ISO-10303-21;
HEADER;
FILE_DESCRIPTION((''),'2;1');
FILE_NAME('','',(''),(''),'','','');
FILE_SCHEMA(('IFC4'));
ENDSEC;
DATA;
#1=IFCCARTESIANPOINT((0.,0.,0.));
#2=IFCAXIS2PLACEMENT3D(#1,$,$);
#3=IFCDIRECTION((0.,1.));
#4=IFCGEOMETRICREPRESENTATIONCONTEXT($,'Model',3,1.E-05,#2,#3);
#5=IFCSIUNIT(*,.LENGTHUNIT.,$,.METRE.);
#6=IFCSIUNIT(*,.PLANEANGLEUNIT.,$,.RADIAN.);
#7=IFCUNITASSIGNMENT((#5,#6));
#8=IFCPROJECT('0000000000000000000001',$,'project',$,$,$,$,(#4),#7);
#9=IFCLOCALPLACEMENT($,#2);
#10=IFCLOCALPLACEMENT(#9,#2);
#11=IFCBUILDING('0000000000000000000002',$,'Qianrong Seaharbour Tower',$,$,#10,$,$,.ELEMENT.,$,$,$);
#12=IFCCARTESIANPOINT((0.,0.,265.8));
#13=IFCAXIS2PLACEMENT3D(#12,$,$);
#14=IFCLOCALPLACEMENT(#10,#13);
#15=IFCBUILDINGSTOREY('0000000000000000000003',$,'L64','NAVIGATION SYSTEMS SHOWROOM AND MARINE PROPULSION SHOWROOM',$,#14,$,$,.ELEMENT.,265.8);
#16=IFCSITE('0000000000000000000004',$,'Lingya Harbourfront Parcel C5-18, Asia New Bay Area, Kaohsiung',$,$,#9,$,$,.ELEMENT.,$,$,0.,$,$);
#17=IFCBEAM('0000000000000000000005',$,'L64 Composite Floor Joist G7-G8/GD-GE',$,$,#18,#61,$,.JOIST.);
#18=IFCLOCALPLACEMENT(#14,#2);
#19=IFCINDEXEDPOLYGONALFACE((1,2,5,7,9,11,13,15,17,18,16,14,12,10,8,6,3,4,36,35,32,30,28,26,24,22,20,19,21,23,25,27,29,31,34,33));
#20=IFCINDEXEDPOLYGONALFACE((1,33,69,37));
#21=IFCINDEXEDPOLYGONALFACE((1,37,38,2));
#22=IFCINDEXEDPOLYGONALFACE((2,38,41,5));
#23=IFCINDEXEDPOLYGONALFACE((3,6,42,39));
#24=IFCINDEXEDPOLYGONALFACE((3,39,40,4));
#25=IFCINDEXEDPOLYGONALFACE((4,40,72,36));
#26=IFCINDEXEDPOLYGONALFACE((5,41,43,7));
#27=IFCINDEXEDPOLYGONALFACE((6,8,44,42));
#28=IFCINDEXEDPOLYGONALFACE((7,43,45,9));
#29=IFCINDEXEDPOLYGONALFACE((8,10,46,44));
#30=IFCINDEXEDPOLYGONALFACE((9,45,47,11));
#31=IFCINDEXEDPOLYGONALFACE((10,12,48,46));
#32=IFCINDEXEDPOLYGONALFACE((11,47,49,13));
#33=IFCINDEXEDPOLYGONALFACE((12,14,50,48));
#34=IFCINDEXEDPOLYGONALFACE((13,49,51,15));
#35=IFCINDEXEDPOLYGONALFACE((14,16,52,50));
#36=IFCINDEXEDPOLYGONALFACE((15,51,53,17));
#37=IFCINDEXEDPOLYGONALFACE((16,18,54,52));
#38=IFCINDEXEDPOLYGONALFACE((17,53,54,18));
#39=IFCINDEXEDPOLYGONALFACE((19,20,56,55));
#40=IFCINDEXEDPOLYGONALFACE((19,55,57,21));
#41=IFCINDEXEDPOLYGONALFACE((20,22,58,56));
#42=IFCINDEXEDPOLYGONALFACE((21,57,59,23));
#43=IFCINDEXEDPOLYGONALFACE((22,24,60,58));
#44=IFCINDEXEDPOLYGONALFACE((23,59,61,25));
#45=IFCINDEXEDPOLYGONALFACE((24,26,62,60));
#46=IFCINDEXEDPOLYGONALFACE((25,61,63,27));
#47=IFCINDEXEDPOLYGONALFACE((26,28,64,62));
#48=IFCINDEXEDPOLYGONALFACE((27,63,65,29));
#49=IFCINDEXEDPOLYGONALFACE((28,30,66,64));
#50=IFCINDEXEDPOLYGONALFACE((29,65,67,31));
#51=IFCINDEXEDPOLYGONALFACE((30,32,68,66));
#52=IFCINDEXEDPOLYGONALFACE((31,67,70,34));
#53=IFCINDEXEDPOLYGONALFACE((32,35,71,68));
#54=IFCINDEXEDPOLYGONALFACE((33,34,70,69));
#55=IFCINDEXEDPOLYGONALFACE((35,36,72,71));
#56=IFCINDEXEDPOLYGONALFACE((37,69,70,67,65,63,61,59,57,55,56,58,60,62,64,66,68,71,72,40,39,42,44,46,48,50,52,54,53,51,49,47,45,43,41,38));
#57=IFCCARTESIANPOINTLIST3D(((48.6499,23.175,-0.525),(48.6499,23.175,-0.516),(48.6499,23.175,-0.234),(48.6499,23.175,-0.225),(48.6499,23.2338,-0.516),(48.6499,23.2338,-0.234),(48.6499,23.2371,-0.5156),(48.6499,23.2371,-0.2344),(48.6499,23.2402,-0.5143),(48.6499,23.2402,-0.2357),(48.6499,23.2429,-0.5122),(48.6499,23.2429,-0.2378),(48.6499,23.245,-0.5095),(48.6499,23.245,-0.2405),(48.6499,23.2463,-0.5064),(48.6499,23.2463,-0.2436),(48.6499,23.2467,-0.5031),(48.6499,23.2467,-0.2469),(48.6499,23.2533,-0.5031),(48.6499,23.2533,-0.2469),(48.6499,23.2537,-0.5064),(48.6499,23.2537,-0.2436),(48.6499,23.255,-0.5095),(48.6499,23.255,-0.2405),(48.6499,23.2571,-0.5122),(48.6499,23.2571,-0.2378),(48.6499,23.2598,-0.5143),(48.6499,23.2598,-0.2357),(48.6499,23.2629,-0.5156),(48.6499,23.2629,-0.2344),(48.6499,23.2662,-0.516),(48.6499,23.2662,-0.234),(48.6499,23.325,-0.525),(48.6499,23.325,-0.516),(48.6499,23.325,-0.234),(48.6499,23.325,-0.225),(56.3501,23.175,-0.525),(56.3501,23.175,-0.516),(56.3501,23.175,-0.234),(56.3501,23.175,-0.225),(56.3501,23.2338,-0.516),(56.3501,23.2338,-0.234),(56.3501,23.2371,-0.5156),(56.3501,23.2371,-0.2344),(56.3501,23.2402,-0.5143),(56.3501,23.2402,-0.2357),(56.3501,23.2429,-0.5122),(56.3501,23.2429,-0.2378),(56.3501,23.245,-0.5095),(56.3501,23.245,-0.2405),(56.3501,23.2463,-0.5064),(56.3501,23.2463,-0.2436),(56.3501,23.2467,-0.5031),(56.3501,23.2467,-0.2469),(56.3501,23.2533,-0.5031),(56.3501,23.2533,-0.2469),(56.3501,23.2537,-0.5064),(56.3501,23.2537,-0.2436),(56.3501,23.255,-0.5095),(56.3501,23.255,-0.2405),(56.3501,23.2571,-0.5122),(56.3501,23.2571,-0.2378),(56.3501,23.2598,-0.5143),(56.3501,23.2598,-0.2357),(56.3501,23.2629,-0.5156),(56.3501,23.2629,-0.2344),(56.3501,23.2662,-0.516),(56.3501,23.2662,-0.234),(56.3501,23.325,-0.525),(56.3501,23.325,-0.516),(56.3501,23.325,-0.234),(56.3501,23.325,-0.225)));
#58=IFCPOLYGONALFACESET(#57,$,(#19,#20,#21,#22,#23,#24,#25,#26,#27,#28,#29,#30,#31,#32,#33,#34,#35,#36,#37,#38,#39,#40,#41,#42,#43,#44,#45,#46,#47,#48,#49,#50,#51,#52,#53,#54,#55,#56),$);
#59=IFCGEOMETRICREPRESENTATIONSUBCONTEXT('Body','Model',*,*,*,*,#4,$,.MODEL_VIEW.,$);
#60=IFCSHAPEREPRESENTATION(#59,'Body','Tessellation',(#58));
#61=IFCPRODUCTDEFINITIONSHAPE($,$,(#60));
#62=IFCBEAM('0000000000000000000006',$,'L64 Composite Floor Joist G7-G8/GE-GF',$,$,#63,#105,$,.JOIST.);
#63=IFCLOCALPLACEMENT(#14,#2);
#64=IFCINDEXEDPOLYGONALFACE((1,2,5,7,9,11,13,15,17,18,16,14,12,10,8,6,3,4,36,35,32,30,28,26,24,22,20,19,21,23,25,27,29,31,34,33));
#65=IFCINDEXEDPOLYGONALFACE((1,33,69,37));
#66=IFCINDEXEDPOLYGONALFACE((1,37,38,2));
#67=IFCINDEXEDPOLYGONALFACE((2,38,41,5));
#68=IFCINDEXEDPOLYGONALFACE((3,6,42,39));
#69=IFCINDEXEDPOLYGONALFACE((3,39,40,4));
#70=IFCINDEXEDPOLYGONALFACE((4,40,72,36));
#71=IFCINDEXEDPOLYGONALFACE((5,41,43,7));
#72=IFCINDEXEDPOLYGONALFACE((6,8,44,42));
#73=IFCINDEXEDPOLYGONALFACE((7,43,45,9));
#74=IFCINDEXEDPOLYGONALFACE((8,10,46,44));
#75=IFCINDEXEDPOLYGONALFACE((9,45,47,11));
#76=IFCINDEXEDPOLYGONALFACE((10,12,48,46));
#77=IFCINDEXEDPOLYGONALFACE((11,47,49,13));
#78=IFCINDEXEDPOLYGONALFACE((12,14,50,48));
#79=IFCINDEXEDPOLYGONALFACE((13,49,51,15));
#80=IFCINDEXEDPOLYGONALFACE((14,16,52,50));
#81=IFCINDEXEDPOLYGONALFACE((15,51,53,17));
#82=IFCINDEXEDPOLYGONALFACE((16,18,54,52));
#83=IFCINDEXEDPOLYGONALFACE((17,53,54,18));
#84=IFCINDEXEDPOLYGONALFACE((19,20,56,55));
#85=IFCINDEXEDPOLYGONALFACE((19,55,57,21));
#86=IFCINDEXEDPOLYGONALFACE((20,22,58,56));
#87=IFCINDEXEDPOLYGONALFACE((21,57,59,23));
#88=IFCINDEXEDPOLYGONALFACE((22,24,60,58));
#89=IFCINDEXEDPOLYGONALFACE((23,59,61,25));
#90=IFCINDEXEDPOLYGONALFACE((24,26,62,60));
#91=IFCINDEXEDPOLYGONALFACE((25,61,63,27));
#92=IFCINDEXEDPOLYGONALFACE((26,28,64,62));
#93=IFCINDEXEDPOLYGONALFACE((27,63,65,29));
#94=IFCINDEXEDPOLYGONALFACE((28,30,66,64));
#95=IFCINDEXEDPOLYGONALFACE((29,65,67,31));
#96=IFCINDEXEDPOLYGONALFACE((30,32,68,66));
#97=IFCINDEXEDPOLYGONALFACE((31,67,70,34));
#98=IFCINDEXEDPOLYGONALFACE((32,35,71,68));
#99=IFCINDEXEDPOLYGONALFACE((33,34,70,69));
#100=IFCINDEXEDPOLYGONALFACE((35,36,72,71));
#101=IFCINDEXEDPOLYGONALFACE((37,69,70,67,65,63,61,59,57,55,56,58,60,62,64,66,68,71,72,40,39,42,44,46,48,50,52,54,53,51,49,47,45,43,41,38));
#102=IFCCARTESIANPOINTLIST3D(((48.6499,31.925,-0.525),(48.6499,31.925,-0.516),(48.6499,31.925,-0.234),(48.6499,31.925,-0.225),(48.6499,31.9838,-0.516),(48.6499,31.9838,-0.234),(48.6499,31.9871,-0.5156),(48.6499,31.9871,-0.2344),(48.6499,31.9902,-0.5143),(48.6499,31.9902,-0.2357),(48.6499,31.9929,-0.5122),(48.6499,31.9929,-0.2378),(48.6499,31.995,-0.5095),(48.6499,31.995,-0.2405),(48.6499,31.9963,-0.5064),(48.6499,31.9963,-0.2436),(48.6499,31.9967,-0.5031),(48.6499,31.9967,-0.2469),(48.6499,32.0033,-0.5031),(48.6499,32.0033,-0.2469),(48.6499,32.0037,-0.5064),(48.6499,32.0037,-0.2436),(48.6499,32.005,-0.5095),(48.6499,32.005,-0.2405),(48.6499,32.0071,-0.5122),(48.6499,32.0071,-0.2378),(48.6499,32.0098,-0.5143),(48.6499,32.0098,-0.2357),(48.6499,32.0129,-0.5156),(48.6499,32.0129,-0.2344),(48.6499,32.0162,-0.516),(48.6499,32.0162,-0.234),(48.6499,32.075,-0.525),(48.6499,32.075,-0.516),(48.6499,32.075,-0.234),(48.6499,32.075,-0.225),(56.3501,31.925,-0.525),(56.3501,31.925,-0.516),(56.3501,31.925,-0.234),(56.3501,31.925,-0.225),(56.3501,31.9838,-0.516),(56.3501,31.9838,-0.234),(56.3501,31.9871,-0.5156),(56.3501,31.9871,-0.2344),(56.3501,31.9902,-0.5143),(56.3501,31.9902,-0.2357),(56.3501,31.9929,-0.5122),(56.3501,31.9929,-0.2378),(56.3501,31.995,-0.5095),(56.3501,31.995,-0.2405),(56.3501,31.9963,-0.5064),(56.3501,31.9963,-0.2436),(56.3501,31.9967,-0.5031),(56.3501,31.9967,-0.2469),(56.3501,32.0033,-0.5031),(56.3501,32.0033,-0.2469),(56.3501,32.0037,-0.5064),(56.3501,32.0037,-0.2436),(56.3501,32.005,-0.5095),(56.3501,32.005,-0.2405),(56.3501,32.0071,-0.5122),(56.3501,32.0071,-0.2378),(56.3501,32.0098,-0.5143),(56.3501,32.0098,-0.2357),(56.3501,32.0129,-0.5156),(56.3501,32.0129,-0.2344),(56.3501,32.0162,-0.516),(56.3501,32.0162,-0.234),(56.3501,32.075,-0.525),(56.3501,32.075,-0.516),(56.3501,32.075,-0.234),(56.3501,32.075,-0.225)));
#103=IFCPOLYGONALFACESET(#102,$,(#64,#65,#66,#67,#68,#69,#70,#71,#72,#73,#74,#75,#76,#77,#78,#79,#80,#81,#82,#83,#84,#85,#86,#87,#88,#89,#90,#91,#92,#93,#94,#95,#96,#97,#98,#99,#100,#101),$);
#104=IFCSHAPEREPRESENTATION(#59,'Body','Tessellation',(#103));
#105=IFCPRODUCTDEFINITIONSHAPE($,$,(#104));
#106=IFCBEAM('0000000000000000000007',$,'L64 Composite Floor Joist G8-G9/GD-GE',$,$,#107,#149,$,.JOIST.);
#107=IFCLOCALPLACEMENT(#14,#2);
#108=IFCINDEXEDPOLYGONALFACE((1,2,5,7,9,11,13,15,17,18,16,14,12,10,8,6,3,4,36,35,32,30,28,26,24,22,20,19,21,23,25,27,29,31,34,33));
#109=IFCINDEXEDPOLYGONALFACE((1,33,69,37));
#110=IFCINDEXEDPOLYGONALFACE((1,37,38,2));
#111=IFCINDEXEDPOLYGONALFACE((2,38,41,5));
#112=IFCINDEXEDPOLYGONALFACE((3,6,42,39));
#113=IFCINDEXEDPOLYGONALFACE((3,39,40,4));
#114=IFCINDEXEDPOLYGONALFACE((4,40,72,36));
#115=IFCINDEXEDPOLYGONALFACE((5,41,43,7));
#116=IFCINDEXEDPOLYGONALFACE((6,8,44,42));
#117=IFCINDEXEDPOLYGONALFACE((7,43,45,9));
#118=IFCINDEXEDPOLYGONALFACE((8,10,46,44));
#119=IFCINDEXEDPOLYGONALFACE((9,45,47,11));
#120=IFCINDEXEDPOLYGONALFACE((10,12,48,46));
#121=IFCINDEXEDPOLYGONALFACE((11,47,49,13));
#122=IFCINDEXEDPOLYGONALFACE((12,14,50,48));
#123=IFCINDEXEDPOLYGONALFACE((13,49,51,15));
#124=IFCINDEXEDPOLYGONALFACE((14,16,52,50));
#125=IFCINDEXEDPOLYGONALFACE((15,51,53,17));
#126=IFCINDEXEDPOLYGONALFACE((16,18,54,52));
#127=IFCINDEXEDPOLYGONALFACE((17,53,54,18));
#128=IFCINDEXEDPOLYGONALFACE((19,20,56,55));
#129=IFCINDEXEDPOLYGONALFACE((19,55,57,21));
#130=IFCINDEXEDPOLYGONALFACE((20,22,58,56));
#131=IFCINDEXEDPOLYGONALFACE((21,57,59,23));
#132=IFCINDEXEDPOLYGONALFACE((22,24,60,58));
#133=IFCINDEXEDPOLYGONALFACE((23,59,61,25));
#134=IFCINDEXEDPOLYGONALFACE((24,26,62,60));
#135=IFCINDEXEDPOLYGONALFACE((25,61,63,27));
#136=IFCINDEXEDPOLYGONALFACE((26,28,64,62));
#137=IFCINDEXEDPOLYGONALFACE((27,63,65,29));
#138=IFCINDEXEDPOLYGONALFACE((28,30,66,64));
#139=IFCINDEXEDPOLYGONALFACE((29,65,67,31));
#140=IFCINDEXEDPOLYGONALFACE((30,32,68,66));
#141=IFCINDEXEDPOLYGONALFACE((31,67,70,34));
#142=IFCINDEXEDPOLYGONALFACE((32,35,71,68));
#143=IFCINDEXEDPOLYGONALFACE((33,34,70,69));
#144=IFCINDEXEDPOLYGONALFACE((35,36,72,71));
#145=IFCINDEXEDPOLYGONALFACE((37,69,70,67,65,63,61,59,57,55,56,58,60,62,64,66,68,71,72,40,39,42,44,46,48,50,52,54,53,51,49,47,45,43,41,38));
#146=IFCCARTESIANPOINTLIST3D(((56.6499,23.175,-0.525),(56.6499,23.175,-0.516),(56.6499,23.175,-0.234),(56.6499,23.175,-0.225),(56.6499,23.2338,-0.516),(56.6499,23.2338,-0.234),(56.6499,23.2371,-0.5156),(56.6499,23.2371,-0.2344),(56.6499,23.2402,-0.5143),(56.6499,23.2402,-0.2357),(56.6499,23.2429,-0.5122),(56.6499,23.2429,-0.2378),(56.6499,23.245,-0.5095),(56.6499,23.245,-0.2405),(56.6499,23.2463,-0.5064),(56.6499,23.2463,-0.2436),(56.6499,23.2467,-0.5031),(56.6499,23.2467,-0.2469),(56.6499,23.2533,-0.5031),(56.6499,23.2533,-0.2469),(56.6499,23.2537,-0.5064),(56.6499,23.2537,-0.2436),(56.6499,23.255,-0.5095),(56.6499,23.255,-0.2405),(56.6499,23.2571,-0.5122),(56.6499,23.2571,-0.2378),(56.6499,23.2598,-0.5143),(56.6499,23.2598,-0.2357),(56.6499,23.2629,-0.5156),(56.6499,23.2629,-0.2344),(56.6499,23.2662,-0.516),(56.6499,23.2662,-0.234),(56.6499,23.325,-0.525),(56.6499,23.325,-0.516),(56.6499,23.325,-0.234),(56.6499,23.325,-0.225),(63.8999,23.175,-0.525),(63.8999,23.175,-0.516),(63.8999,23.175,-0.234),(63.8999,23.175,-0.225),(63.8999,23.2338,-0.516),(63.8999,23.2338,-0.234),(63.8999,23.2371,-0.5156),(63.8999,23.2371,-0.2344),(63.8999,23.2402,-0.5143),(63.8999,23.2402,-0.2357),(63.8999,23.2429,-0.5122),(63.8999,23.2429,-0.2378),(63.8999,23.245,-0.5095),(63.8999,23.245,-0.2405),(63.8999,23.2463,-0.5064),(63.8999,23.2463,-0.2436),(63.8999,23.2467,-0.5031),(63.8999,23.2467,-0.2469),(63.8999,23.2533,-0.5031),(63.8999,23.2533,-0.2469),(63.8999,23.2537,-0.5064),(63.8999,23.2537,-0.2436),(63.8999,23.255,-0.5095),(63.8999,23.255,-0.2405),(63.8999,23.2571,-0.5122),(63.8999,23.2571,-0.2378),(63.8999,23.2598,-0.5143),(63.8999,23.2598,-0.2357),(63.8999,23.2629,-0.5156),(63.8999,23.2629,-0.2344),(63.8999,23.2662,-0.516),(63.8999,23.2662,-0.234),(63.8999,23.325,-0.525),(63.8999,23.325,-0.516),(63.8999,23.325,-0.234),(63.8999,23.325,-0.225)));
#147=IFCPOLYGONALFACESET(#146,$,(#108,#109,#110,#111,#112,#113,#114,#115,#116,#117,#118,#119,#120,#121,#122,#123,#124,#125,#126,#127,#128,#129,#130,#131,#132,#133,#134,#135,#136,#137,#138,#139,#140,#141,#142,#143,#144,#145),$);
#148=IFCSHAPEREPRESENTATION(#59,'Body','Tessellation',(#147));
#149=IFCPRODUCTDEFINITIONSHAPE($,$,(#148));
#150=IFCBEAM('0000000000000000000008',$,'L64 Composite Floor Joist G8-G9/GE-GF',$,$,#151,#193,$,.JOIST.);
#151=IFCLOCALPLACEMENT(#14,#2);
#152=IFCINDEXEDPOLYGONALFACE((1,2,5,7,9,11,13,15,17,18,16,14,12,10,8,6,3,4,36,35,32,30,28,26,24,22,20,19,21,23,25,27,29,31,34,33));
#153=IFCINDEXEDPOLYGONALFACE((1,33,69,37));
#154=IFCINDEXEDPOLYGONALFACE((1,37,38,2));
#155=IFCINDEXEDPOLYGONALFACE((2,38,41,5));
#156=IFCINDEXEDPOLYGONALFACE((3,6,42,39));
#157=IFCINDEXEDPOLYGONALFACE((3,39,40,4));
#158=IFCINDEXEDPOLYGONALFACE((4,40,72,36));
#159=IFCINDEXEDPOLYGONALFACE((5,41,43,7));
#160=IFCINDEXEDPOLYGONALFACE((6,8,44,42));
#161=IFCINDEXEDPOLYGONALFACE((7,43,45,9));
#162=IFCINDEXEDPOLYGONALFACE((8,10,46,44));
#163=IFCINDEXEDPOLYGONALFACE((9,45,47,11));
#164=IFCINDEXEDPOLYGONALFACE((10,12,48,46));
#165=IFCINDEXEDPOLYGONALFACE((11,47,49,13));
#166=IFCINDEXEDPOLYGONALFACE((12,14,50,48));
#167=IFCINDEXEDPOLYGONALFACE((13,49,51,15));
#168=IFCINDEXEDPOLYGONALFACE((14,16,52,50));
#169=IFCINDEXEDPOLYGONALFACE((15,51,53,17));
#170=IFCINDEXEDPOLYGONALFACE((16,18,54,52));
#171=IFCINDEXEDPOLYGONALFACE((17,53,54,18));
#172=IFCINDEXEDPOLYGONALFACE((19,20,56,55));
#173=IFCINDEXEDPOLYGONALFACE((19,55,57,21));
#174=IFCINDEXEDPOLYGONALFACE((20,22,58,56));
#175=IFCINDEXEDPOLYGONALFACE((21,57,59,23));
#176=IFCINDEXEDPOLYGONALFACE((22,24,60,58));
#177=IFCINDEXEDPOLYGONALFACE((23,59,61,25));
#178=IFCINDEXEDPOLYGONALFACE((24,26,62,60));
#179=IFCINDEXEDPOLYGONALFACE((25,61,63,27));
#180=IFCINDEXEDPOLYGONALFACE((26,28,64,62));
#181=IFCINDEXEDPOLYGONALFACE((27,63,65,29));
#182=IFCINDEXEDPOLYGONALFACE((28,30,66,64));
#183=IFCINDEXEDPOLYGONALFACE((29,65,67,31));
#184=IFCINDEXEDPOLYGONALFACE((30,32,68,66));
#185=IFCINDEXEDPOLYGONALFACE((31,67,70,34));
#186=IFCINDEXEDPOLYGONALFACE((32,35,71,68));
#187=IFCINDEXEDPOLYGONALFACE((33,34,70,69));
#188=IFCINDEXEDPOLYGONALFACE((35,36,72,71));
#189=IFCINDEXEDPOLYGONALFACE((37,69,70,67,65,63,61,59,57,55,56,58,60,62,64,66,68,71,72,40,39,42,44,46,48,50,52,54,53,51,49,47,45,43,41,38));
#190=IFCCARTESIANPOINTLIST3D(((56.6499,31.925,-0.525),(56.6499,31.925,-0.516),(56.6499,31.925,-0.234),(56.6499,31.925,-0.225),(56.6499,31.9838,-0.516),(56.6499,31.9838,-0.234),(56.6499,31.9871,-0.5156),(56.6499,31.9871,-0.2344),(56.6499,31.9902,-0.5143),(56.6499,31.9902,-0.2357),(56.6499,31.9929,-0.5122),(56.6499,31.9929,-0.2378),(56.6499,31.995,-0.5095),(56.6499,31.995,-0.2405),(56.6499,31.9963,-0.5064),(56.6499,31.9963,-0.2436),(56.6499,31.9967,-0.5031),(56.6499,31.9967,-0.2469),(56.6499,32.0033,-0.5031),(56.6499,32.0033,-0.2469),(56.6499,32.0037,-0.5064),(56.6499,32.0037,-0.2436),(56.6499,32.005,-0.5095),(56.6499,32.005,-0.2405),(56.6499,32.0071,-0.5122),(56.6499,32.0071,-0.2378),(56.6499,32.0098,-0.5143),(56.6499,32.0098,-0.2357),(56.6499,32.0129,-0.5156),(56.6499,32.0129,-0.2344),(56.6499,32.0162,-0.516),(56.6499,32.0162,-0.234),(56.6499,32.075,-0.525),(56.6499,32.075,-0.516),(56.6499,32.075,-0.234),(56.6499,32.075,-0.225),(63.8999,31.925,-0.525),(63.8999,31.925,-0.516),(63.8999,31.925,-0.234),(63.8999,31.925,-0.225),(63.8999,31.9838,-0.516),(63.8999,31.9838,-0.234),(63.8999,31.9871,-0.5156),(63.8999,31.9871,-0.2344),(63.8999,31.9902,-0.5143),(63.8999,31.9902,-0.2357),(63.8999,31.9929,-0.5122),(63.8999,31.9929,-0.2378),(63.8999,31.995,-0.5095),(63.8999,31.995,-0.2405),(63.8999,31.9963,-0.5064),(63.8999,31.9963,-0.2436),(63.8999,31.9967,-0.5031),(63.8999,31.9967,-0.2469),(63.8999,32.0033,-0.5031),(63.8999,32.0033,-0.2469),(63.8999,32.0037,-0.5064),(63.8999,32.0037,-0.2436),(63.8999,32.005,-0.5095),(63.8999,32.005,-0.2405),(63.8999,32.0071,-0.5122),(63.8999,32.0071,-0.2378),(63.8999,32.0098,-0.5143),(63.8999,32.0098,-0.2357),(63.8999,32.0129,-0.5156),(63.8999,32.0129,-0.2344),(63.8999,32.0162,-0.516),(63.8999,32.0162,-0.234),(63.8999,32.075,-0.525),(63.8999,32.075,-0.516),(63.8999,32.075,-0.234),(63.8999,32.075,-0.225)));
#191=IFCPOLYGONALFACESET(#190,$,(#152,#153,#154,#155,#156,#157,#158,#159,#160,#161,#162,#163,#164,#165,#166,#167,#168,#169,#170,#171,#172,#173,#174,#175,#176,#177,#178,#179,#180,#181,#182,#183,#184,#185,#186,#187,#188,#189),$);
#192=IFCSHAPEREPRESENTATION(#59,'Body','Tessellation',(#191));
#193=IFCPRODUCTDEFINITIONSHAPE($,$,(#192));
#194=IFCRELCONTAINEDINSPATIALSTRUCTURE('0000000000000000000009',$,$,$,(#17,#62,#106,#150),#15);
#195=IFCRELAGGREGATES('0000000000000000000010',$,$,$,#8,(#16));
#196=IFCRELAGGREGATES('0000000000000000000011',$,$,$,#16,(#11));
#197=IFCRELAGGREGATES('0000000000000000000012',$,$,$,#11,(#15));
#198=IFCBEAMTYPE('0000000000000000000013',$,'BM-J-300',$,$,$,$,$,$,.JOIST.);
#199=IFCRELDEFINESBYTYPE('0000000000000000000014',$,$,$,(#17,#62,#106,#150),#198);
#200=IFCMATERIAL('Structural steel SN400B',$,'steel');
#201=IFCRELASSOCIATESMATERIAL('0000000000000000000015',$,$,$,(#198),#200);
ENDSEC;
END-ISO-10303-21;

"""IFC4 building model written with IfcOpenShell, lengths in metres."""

from ifc_helpers import new_model, si_unit, direction, frame, origin, origin_2d, place, context, subcontext, project, spatial, i_section, extrude, material, material_profile, profile_set, type_object, element, save


model = new_model("IFC4")

# Units and contexts
model_context = context("Model", 3, precision=1e-05, world=origin(), true_north=direction((0.0, 1.0)))
body_context = subcontext(model_context, "Body", "Model", "MODEL_VIEW")
ifc_project = project(units=[si_unit("LENGTHUNIT", "METRE"), si_unit("PLANEANGLEUNIT", "RADIAN")], contexts=[model_context])

# Site, building, storey
site_placement = place(None, origin())
site = spatial("IfcSite", under=ifc_project, at=site_placement, Name="Lingya Harbourfront Parcel C5-18, Asia New Bay Area, Kaohsiung", CompositionType="ELEMENT", RefElevation=0.0)
building_placement = place(site_placement, origin())
building = spatial("IfcBuilding", under=site, at=building_placement, Name="Qianrong Seaharbour Tower", CompositionType="ELEMENT")
storey_placement = place(building_placement, frame((0.0, 0.0, 265.8)))
storey = spatial("IfcBuildingStorey", under=building, at=storey_placement, Name="L64", Description="NAVIGATION SYSTEMS SHOWROOM AND MARINE PROPULSION SHOWROOM", CompositionType="ELEMENT", Elevation=265.8)

# Beams
ifc_material_1 = material(Name="Structural steel SN400B", Category="steel")
ifc_material_profile_1 = material_profile(ifc_material_1, i_section(OverallWidth=0.1499, OverallDepth=0.3, WebThickness=0.0066, FlangeThickness=0.009, FilletRadius=0.0129, at=origin_2d()), Name="H300x150x6.5x9")
ifc_profile_set_1 = profile_set([ifc_material_profile_1], Name="Structural steel SN400B")
beam_type_1 = type_object("IfcBeamType", Name="BM-J-300", PredefinedType="JOIST", material=ifc_profile_set_1)
for number, where, z_axis, x_axis, name in (
    (1, (48.6499, 23.25, -0.375), (1.0, 0.0, 0.0), (0.0, 1.0, 0.0), "L64 Composite Floor Joist G7-G8/GD-GE"),
    (2, (48.6499, 32.0, -0.375), (1.0, 0.0, 0.0), (0.0, 1.0, 0.0), "L64 Composite Floor Joist G7-G8/GE-GF"),
):
    element("IfcBeam", number, at=place(storey_placement, frame(where, z_axis=z_axis, x_axis=x_axis)), inside=storey, type_object=beam_type_1, Name=name, PredefinedType="JOIST", context=body_context, shape_type="SweptSolid", body=[
        extrude(i_section(OverallWidth=0.1499, OverallDepth=0.3, WebThickness=0.0066, FlangeThickness=0.009, FilletRadius=0.0129, at=origin_2d()), origin(), (0.0, 0.0, 1.0), 7.7002),
    ])
for number, where, z_axis, x_axis, name in (
    (3, (56.6499, 23.25, -0.375), (1.0, 0.0, 0.0), (0.0, 1.0, 0.0), "L64 Composite Floor Joist G8-G9/GD-GE"),
    (4, (56.6499, 32.0, -0.375), (1.0, 0.0, 0.0), (0.0, 1.0, 0.0), "L64 Composite Floor Joist G8-G9/GE-GF"),
):
    element("IfcBeam", number, at=place(storey_placement, frame(where, z_axis=z_axis, x_axis=x_axis)), inside=storey, type_object=beam_type_1, Name=name, PredefinedType="JOIST", context=body_context, shape_type="SweptSolid", body=[
        extrude(i_section(OverallWidth=0.1499, OverallDepth=0.3, WebThickness=0.0066, FlangeThickness=0.009, FilletRadius=0.0129, at=origin_2d()), origin(), (0.0, 0.0, 1.0), 7.25),
    ])

save(model, "model.ifc")
